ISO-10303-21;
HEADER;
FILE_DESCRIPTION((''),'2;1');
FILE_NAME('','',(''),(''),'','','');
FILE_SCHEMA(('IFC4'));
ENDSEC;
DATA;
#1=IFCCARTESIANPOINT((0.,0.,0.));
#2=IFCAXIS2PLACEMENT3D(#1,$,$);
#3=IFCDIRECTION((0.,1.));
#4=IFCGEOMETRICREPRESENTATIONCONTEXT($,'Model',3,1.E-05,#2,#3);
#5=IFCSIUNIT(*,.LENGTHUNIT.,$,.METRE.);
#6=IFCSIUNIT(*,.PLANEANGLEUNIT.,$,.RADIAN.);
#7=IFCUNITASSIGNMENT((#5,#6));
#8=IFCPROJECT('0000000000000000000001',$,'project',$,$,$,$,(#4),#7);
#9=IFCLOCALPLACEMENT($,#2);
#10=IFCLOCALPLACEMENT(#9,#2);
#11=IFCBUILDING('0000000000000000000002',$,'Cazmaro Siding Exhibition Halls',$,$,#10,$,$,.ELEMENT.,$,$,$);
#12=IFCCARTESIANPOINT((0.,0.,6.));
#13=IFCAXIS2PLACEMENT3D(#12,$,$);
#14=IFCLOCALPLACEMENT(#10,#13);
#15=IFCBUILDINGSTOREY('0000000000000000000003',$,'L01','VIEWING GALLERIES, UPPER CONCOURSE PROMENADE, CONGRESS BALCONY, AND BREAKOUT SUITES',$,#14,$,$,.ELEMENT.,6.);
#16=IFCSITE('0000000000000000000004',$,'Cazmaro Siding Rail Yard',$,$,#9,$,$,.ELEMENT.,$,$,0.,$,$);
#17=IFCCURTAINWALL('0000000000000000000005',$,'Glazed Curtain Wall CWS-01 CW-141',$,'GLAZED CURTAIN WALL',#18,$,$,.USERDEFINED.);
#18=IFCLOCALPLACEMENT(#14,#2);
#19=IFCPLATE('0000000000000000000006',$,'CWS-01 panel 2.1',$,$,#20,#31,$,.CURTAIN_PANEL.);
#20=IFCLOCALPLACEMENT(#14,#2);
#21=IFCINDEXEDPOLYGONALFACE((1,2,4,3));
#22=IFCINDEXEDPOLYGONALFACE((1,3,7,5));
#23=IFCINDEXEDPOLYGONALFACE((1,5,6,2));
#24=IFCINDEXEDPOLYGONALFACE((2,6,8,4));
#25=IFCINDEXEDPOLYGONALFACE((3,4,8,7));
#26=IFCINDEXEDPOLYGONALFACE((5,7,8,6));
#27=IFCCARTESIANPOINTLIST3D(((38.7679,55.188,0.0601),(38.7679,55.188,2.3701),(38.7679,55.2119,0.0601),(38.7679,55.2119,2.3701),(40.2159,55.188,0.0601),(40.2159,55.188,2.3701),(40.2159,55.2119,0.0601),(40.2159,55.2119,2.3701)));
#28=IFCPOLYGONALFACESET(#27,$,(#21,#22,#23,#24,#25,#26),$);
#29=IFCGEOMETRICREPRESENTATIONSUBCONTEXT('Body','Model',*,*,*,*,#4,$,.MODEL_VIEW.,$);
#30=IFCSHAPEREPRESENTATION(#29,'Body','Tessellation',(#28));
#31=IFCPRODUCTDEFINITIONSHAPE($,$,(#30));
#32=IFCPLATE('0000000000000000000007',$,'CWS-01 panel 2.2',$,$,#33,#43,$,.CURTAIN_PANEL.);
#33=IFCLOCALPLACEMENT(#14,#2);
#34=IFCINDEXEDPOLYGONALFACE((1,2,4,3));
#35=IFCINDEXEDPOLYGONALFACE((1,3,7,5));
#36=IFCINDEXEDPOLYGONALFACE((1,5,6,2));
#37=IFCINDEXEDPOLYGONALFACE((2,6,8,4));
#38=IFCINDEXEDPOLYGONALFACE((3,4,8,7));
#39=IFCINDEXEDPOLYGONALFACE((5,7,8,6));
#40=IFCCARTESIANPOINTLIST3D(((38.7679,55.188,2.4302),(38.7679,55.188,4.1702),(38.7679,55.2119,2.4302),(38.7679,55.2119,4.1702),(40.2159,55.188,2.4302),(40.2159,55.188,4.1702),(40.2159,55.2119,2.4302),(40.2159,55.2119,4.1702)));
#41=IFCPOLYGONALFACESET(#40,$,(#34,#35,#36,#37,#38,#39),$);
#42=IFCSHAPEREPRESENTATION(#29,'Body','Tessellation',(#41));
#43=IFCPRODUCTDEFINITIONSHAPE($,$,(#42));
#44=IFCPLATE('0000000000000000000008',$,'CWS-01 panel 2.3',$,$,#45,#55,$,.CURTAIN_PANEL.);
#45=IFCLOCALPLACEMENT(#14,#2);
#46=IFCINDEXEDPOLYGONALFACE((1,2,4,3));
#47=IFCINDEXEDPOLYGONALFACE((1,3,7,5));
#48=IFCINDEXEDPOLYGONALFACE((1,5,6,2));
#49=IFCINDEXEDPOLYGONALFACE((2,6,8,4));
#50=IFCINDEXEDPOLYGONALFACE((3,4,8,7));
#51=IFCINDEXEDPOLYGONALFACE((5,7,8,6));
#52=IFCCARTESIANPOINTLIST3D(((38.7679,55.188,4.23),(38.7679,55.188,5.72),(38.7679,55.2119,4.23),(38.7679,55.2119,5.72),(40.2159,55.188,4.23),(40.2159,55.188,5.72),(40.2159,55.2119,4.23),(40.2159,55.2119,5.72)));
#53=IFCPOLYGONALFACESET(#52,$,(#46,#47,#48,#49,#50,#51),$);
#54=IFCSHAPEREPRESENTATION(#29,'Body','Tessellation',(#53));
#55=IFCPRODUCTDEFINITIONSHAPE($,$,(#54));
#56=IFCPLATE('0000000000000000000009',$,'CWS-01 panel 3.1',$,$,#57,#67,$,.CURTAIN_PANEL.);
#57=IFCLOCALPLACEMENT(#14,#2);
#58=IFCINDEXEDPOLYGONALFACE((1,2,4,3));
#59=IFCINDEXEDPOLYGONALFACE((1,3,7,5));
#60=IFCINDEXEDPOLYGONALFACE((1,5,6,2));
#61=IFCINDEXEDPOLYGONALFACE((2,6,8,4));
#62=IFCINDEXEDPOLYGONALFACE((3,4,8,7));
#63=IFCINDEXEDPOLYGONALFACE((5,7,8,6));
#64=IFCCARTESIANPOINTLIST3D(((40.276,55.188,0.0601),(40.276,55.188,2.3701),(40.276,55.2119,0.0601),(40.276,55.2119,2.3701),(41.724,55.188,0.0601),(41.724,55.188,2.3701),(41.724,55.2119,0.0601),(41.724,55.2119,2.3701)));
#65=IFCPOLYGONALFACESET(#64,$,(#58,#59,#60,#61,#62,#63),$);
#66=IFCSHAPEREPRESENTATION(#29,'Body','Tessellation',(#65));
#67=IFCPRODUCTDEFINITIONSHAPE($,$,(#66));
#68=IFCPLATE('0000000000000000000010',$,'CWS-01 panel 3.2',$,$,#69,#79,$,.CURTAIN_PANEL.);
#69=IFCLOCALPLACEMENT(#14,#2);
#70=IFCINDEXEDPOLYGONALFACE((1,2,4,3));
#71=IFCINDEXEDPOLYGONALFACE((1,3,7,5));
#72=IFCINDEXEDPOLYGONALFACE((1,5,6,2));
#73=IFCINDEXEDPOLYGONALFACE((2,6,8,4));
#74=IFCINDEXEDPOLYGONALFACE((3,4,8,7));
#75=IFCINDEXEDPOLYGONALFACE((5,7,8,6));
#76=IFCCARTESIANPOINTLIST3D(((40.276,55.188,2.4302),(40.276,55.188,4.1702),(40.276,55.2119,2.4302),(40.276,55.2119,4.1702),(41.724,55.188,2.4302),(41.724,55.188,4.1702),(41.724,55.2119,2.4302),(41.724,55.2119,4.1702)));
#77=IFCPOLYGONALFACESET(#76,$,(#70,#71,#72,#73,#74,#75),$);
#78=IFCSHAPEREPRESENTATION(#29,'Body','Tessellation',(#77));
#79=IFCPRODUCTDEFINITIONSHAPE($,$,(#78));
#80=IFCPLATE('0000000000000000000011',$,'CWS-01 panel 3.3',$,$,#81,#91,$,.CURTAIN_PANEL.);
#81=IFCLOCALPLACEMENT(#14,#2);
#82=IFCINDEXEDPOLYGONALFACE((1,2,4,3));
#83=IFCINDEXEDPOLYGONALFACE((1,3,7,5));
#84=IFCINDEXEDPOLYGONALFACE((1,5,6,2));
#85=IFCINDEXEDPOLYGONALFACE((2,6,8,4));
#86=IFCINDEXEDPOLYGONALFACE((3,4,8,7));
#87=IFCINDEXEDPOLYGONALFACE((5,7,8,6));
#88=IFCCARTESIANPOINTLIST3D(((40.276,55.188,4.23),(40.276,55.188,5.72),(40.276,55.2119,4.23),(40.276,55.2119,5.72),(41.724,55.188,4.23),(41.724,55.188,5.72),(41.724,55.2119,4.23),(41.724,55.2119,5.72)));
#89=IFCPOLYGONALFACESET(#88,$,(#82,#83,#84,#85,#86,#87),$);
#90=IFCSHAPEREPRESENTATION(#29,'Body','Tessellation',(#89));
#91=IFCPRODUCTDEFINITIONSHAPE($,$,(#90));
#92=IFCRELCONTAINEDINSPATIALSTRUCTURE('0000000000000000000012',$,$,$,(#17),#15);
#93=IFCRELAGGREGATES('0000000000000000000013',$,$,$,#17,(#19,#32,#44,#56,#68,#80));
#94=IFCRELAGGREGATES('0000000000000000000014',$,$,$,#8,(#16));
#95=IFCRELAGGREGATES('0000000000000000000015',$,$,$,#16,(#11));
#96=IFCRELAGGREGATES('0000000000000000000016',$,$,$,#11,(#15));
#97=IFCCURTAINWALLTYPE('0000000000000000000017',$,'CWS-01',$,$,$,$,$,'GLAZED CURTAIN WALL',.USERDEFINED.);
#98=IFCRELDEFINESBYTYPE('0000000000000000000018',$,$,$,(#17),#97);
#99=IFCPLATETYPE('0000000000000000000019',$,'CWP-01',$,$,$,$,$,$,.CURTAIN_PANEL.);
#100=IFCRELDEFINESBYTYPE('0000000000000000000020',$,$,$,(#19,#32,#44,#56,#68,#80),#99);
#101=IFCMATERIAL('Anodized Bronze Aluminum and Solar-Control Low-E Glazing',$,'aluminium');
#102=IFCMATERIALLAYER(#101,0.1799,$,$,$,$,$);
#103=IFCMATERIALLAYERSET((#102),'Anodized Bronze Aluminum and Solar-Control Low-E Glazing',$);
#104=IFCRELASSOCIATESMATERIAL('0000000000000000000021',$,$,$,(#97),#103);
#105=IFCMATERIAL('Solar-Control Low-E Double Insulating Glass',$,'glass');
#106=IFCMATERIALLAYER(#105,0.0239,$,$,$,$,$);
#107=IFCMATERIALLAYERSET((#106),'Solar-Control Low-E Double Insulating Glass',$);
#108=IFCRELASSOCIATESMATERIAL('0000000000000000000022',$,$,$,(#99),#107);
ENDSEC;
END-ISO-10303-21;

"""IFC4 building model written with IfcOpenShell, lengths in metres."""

from ifc_helpers import new_model, si_unit, direction, frame, origin, origin_2d, place, context, subcontext, project, spatial, rectangle, extrude, material, layer, layer_set, type_object, element, aggregate, save


model = new_model("IFC4")

# Units and contexts
model_context = context("Model", 3, precision=1e-05, world=origin(), true_north=direction((0.0, 1.0)))
body_context = subcontext(model_context, "Body", "Model", "MODEL_VIEW")
ifc_project = project(units=[si_unit("LENGTHUNIT", "METRE"), si_unit("PLANEANGLEUNIT", "RADIAN")], contexts=[model_context])

# Site, building, storey
site_placement = place(None, origin())
site = spatial("IfcSite", under=ifc_project, at=site_placement, Name="Cazmaro Siding Rail Yard", CompositionType="ELEMENT", RefElevation=0.0)
building_placement = place(site_placement, origin())
building = spatial("IfcBuilding", under=site, at=building_placement, Name="Cazmaro Siding Exhibition Halls", CompositionType="ELEMENT")
storey_placement = place(building_placement, frame((0.0, 0.0, 6.0)))
storey = spatial("IfcBuildingStorey", under=building, at=storey_placement, Name="L01", Description="VIEWING GALLERIES, UPPER CONCOURSE PROMENADE, CONGRESS BALCONY, AND BREAKOUT SUITES", CompositionType="ELEMENT", Elevation=6.0)

# Curtain wall, plates
ifc_material_1 = material(Name="Anodized Bronze Aluminum and Solar-Control Low-E Glazing", Category="aluminium")
ifc_layer_1 = layer(ifc_material_1, 0.1799)
ifc_layer_set_1 = layer_set([ifc_layer_1], Name="Anodized Bronze Aluminum and Solar-Control Low-E Glazing")
curtain_wall_type = type_object("IfcCurtainWallType", Name="CWS-01", ElementType="GLAZED CURTAIN WALL", PredefinedType="USERDEFINED", material=ifc_layer_set_1)
curtain_wall_placement = place(storey_placement, origin())
curtain_wall = element("IfcCurtainWall", 1, at=curtain_wall_placement, inside=storey, type_object=curtain_wall_type, Name="Glazed Curtain Wall CWS-01 CW-141", ObjectType="GLAZED CURTAIN WALL", PredefinedType="USERDEFINED")
ifc_material_2 = material(Name="Solar-Control Low-E Double Insulating Glass", Category="glass")
ifc_layer_2 = layer(ifc_material_2, 0.0239)
ifc_layer_set_2 = layer_set([ifc_layer_2], Name="Solar-Control Low-E Double Insulating Glass")
plate_type = type_object("IfcPlateType", Name="CWP-01", PredefinedType="CURTAIN_PANEL", material=ifc_layer_set_2)
plate_1_placement = place(storey_placement, frame((39.4919, 55.2, 0.0601), z_axis=(0.0, 0.0, 1.0), x_axis=(1.0, 0.0, 0.0)))
plate_1 = element("IfcPlate", 2, at=plate_1_placement, type_object=plate_type, Name="CWS-01 panel 2.1", PredefinedType="CURTAIN_PANEL", context=body_context, shape_type="SweptSolid", body=[
    extrude(rectangle(XDim=1.448, YDim=0.0239, at=origin_2d()), origin(), (0.0, 0.0, 1.0), 2.3101),
])
plate_2_placement = place(storey_placement, frame((39.4919, 55.2, 2.4302), z_axis=(0.0, 0.0, 1.0), x_axis=(1.0, 0.0, 0.0)))
plate_2 = element("IfcPlate", 3, at=plate_2_placement, type_object=plate_type, Name="CWS-01 panel 2.2", PredefinedType="CURTAIN_PANEL", context=body_context, shape_type="SweptSolid", body=[
    extrude(rectangle(XDim=1.448, YDim=0.0239, at=origin_2d()), origin(), (0.0, 0.0, 1.0), 1.74),
])
plate_3_placement = place(storey_placement, frame((39.4919, 55.2, 4.23), z_axis=(0.0, 0.0, 1.0), x_axis=(1.0, 0.0, 0.0)))
plate_3 = element("IfcPlate", 4, at=plate_3_placement, type_object=plate_type, Name="CWS-01 panel 2.3", PredefinedType="CURTAIN_PANEL", context=body_context, shape_type="SweptSolid", body=[
    extrude(rectangle(XDim=1.448, YDim=0.0239, at=origin_2d()), origin(), (0.0, 0.0, 1.0), 1.49),
])
plate_4_placement = place(storey_placement, frame((41.0, 55.2, 0.0601), z_axis=(0.0, 0.0, 1.0), x_axis=(1.0, 0.0, 0.0)))
plate_4 = element("IfcPlate", 5, at=plate_4_placement, type_object=plate_type, Name="CWS-01 panel 3.1", PredefinedType="CURTAIN_PANEL", context=body_context, shape_type="SweptSolid", body=[
    extrude(rectangle(XDim=1.448, YDim=0.0239, at=origin_2d()), origin(), (0.0, 0.0, 1.0), 2.3101),
])
plate_5_placement = place(storey_placement, frame((41.0, 55.2, 2.4302), z_axis=(0.0, 0.0, 1.0), x_axis=(1.0, 0.0, 0.0)))
plate_5 = element("IfcPlate", 6, at=plate_5_placement, type_object=plate_type, Name="CWS-01 panel 3.2", PredefinedType="CURTAIN_PANEL", context=body_context, shape_type="SweptSolid", body=[
    extrude(rectangle(XDim=1.448, YDim=0.0239, at=origin_2d()), origin(), (0.0, 0.0, 1.0), 1.74),
])
plate_6_placement = place(storey_placement, frame((41.0, 55.2, 4.23), z_axis=(0.0, 0.0, 1.0), x_axis=(1.0, 0.0, 0.0)))
plate_6 = element("IfcPlate", 7, at=plate_6_placement, type_object=plate_type, Name="CWS-01 panel 3.3", PredefinedType="CURTAIN_PANEL", context=body_context, shape_type="SweptSolid", body=[
    extrude(rectangle(XDim=1.448, YDim=0.0239, at=origin_2d()), origin(), (0.0, 0.0, 1.0), 1.49),
])
aggregate(curtain_wall, [plate_1, plate_2, plate_3, plate_4, plate_5, plate_6])

save(model, "model.ifc")
